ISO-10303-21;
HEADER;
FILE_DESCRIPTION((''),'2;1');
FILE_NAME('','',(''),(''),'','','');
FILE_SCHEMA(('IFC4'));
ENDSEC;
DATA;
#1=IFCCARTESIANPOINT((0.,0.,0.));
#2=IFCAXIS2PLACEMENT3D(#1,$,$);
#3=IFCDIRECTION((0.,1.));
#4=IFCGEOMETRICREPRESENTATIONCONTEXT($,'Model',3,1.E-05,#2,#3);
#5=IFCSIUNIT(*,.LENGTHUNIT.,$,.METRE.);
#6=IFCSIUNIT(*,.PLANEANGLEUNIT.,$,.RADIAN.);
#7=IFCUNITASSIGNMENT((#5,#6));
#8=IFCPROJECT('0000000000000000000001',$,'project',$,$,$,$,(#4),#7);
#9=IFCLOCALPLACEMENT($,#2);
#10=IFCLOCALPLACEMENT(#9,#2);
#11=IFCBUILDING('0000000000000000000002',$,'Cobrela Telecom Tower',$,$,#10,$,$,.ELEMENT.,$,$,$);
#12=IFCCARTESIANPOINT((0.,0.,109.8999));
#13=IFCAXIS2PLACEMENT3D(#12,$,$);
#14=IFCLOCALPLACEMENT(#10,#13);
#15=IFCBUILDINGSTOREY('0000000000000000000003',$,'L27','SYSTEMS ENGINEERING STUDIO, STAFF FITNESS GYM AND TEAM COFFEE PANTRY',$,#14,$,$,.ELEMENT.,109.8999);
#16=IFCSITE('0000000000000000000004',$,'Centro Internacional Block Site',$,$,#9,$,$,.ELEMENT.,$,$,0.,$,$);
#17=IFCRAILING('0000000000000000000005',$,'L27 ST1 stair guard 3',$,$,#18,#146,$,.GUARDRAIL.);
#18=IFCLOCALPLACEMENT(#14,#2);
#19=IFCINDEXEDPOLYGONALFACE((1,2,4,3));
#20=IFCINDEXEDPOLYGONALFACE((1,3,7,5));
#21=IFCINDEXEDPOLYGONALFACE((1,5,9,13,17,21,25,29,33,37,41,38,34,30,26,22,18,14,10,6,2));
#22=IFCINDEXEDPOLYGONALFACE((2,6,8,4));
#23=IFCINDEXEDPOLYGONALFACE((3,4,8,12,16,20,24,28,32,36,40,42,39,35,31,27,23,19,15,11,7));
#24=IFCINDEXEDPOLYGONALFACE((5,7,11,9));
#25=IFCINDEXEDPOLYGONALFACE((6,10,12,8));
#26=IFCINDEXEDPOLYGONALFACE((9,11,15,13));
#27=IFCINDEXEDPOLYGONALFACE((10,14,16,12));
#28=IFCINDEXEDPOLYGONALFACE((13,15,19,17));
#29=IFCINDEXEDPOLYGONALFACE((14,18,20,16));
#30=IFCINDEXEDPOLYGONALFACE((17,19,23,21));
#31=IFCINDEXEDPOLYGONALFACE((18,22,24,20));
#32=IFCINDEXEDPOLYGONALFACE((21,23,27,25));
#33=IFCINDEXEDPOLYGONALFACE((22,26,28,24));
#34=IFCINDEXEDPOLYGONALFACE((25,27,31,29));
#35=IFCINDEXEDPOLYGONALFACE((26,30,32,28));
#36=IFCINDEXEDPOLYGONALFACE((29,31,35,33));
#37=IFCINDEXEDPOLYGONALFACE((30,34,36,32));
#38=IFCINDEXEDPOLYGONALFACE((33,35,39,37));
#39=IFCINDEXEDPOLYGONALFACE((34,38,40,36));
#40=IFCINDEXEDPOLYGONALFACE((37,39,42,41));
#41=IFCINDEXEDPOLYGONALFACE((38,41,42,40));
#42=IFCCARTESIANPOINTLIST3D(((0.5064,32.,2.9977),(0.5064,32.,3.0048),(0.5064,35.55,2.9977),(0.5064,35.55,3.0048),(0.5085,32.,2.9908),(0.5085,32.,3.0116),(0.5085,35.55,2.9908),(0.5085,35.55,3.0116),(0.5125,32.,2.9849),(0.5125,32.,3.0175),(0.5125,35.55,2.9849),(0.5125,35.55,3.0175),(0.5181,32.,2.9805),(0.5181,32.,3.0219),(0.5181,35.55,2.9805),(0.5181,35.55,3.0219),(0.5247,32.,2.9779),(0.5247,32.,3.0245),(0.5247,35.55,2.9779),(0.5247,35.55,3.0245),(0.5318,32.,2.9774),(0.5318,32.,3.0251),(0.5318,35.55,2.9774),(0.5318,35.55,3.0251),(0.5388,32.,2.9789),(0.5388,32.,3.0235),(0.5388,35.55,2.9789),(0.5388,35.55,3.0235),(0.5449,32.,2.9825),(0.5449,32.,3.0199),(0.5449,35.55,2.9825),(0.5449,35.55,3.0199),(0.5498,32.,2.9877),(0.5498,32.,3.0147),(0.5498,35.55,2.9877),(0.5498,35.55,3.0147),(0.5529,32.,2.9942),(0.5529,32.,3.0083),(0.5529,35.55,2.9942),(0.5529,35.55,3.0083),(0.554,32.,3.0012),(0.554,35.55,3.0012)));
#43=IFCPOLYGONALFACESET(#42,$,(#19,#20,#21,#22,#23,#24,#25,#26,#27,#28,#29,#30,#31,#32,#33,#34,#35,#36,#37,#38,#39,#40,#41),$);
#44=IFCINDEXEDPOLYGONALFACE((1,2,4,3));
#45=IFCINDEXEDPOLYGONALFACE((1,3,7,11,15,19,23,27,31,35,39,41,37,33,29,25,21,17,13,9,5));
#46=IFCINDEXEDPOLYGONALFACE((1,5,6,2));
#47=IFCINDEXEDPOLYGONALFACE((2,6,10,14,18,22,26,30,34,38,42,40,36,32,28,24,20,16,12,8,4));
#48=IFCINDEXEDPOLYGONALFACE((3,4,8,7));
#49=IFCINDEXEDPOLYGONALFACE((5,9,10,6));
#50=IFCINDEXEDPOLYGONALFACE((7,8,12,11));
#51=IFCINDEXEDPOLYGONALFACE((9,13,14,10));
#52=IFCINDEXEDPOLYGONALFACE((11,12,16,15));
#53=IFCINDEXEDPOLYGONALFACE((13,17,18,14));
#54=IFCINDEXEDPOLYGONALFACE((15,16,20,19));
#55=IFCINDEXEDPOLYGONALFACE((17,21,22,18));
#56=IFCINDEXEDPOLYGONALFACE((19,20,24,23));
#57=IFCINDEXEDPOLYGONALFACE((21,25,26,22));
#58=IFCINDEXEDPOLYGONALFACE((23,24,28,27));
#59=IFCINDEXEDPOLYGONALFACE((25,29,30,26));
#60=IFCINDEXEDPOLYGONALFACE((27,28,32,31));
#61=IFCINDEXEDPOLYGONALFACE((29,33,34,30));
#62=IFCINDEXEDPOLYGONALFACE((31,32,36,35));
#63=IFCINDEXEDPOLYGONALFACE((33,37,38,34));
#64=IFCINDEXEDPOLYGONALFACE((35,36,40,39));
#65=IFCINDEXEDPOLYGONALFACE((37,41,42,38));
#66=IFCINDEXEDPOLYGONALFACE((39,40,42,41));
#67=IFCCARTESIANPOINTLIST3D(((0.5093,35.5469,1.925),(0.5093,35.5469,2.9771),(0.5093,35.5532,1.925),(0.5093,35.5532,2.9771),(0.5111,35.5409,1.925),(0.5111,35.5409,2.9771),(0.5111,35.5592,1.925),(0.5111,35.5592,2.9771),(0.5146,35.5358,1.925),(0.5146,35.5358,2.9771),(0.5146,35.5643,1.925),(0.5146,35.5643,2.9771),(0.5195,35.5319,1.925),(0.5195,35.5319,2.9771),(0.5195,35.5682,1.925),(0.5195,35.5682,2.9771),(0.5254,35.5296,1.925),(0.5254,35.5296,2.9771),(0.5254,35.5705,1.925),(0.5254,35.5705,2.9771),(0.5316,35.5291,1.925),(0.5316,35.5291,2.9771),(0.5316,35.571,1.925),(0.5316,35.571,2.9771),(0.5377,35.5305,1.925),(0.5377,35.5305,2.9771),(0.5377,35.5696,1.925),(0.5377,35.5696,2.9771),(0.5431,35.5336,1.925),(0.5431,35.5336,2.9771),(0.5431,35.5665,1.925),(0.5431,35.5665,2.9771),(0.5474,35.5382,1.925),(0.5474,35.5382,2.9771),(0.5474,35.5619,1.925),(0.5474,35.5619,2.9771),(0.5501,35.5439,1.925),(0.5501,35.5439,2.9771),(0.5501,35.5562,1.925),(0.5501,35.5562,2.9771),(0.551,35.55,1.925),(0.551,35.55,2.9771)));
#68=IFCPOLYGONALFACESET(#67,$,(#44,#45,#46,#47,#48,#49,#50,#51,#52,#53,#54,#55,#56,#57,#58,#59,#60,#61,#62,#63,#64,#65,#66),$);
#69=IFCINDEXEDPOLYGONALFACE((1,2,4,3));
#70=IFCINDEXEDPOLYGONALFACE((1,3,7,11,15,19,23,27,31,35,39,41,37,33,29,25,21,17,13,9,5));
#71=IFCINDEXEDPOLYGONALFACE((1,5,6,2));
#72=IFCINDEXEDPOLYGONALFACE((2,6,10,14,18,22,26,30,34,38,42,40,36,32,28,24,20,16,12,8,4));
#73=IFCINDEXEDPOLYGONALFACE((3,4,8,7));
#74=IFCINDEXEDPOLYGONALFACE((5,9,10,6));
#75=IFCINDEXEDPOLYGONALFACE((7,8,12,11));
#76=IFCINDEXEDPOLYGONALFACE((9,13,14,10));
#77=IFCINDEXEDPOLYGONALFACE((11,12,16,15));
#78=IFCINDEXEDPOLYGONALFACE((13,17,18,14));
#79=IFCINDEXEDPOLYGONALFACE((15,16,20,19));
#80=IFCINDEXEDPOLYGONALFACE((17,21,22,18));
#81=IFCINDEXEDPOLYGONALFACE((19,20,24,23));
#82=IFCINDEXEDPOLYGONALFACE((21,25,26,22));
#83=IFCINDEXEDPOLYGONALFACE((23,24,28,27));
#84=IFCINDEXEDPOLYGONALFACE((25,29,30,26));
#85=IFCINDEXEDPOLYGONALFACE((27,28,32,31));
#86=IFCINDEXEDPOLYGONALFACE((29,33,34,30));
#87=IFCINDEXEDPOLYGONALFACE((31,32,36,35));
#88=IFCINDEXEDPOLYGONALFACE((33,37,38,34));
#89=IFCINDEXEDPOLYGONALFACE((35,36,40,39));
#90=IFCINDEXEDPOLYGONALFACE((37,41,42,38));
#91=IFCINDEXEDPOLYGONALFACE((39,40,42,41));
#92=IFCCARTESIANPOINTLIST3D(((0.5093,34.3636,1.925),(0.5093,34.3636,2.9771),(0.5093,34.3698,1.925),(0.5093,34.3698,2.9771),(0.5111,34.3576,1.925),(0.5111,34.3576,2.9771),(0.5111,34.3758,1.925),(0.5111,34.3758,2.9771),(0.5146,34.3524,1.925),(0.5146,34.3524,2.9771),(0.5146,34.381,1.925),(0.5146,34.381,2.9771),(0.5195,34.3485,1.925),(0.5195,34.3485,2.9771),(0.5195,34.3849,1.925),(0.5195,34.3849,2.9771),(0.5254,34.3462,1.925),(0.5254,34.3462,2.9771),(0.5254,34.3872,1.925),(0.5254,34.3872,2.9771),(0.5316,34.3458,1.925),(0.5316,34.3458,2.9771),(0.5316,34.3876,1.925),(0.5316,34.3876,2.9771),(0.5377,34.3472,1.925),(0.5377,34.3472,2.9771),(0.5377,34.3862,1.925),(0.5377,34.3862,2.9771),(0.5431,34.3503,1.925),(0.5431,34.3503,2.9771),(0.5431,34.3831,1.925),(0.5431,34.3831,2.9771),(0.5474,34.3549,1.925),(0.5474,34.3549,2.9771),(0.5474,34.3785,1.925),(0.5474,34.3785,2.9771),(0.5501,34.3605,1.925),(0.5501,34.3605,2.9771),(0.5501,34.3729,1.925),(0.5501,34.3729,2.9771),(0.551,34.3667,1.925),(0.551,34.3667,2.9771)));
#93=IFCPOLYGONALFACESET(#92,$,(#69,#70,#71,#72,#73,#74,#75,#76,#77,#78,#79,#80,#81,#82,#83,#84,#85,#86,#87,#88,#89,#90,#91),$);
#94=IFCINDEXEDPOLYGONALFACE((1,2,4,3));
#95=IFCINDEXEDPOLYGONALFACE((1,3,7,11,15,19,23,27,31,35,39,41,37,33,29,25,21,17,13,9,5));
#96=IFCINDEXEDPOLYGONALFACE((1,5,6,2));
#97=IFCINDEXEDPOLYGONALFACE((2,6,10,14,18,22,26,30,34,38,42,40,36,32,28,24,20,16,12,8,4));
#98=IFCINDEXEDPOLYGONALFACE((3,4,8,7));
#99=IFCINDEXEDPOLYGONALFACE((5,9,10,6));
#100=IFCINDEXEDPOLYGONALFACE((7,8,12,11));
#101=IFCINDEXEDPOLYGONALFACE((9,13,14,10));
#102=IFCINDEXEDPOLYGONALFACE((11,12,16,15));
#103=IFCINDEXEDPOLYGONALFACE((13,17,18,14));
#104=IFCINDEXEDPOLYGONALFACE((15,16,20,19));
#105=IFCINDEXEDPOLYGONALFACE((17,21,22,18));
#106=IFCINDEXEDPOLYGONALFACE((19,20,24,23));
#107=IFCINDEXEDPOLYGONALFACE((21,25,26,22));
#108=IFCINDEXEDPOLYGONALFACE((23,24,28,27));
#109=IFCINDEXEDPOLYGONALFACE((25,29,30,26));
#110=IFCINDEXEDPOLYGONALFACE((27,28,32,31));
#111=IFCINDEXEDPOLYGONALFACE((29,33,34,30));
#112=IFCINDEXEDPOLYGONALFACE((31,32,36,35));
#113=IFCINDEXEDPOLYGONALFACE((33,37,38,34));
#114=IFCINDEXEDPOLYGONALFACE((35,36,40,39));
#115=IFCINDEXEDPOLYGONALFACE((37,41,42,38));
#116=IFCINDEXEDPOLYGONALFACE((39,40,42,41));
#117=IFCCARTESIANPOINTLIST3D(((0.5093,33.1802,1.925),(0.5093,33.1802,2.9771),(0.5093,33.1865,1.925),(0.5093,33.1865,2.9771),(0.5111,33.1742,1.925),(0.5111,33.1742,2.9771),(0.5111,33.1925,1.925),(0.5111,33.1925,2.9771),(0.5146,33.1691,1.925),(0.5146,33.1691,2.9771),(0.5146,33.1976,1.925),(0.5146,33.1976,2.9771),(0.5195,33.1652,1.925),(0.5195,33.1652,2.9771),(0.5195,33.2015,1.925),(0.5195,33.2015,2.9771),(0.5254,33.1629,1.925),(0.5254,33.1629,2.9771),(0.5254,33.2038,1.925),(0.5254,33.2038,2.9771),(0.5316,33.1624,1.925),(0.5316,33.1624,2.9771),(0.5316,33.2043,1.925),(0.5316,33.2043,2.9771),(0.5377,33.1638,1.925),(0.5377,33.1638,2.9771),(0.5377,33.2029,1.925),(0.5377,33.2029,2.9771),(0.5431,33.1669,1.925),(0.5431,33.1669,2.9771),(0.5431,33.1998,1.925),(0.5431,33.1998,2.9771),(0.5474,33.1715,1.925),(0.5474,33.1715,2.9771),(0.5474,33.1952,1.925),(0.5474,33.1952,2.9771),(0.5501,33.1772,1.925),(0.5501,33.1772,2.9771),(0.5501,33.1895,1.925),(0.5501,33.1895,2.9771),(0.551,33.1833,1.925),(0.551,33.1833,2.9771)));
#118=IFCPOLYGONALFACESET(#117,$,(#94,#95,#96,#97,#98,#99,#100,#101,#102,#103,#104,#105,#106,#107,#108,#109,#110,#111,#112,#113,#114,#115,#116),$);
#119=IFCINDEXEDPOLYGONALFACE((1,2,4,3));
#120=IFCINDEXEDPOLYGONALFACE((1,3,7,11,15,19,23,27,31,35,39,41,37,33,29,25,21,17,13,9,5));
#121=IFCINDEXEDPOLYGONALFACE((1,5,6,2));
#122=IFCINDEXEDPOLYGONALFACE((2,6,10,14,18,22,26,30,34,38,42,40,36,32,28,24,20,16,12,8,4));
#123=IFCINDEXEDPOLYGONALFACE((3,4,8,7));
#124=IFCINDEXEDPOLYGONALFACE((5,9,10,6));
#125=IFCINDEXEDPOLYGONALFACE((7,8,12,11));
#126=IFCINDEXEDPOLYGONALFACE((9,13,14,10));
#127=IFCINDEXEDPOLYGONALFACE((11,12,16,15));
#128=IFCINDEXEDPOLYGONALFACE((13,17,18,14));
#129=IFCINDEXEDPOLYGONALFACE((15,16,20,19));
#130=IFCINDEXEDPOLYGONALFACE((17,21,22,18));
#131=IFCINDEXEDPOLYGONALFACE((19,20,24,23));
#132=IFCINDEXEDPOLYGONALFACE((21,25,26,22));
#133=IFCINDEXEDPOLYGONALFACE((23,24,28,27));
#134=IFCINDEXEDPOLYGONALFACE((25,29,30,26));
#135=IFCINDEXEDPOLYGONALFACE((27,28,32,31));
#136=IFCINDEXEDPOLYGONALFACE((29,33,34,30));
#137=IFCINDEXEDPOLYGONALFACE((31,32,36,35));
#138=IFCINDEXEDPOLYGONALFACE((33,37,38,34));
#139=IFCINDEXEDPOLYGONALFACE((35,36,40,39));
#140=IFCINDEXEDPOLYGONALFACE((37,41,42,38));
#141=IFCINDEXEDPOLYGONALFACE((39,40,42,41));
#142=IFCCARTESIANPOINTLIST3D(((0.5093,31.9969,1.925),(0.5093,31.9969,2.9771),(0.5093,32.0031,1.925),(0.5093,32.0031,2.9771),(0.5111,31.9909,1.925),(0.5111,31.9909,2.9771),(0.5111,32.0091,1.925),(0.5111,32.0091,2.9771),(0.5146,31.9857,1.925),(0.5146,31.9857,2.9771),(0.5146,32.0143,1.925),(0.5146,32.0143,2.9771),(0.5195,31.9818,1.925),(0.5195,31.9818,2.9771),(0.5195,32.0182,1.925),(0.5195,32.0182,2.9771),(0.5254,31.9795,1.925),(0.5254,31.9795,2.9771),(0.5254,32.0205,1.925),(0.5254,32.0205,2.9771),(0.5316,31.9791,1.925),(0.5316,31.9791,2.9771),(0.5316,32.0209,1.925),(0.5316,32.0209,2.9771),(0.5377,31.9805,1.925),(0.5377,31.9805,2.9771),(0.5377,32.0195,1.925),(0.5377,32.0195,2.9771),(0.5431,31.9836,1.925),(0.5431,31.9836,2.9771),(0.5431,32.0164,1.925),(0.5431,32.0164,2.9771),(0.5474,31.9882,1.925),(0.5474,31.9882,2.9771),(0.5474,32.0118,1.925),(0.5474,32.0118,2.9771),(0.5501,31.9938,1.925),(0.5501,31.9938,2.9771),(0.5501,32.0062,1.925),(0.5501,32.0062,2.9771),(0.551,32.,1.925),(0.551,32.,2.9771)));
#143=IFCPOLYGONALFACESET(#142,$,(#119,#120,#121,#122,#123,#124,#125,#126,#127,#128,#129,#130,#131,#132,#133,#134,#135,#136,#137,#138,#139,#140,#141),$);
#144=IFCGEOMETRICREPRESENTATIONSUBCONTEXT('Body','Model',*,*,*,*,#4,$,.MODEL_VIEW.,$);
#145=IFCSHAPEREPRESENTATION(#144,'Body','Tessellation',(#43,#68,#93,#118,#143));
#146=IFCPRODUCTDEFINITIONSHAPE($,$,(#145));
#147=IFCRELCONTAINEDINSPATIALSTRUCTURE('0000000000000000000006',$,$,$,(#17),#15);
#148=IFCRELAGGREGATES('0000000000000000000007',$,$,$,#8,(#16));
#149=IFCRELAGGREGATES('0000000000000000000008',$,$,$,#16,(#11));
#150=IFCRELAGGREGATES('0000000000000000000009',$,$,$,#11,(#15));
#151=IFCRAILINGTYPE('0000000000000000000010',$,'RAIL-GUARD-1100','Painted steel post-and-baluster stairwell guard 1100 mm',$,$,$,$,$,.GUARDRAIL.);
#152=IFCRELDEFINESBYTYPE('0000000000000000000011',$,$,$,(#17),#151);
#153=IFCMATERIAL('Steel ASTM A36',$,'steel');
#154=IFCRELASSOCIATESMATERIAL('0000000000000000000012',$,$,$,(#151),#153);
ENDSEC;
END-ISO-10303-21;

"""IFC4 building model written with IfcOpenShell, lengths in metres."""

from ifc_helpers import new_model, si_unit, direction, frame, origin, origin_2d, place, context, subcontext, project, spatial, circle, extrude, material, type_object, element, save


model = new_model("IFC4")

# Units and contexts
model_context = context("Model", 3, precision=1e-05, world=origin(), true_north=direction((0.0, 1.0)))
body_context = subcontext(model_context, "Body", "Model", "MODEL_VIEW")
ifc_project = project(units=[si_unit("LENGTHUNIT", "METRE"), si_unit("PLANEANGLEUNIT", "RADIAN")], contexts=[model_context])

# Site, building, storey
site_placement = place(None, origin())
site = spatial("IfcSite", under=ifc_project, at=site_placement, Name="Centro Internacional Block Site", CompositionType="ELEMENT", RefElevation=0.0)
building_placement = place(site_placement, origin())
building = spatial("IfcBuilding", under=site, at=building_placement, Name="Cobrela Telecom Tower", CompositionType="ELEMENT")
storey_placement = place(building_placement, frame((0.0, 0.0, 109.8999)))
storey = spatial("IfcBuildingStorey", under=building, at=storey_placement, Name="L27", Description="SYSTEMS ENGINEERING STUDIO, STAFF FITNESS GYM AND TEAM COFFEE PANTRY", CompositionType="ELEMENT", Elevation=109.8999)

# Shared definitions
ifc_material_1 = material(Name="Steel ASTM A36", Category="steel")

# Railing
railing_type_1 = type_object("IfcRailingType", Name="RAIL-GUARD-1100", Description="Painted steel post-and-baluster stairwell guard 1100 mm", PredefinedType="GUARDRAIL", material=ifc_material_1)
railing_1_placement = place(storey_placement, frame((0.53, 35.55, 1.925)))
element("IfcRailing", 1, at=railing_1_placement, inside=storey, type_object=railing_type_1, Name="L27 ST1 stair guard 3", PredefinedType="GUARDRAIL", context=body_context, shape_type="SweptSolid", body=[
    extrude(circle(Radius=0.0239, at=origin_2d()), frame((0.0, 0.0, 1.0762), z_axis=(0.0, -1.0, 0.0), x_axis=(1.0, 0.0, 0.0)), (0.0, 0.0, 1.0), 3.55),
    extrude(circle(Radius=0.021, at=origin_2d()), origin(), (0.0, 0.0, 1.0), 1.052),
    extrude(circle(Radius=0.021, at=origin_2d()), frame((0.0, -1.1833, 0.0)), (0.0, 0.0, 1.0), 1.052),
    extrude(circle(Radius=0.021, at=origin_2d()), frame((0.0, -2.3667, 0.0)), (0.0, 0.0, 1.0), 1.052),
    extrude(circle(Radius=0.021, at=origin_2d()), frame((0.0, -3.55, 0.0)), (0.0, 0.0, 1.0), 1.052),
])

save(model, "model.ifc")
